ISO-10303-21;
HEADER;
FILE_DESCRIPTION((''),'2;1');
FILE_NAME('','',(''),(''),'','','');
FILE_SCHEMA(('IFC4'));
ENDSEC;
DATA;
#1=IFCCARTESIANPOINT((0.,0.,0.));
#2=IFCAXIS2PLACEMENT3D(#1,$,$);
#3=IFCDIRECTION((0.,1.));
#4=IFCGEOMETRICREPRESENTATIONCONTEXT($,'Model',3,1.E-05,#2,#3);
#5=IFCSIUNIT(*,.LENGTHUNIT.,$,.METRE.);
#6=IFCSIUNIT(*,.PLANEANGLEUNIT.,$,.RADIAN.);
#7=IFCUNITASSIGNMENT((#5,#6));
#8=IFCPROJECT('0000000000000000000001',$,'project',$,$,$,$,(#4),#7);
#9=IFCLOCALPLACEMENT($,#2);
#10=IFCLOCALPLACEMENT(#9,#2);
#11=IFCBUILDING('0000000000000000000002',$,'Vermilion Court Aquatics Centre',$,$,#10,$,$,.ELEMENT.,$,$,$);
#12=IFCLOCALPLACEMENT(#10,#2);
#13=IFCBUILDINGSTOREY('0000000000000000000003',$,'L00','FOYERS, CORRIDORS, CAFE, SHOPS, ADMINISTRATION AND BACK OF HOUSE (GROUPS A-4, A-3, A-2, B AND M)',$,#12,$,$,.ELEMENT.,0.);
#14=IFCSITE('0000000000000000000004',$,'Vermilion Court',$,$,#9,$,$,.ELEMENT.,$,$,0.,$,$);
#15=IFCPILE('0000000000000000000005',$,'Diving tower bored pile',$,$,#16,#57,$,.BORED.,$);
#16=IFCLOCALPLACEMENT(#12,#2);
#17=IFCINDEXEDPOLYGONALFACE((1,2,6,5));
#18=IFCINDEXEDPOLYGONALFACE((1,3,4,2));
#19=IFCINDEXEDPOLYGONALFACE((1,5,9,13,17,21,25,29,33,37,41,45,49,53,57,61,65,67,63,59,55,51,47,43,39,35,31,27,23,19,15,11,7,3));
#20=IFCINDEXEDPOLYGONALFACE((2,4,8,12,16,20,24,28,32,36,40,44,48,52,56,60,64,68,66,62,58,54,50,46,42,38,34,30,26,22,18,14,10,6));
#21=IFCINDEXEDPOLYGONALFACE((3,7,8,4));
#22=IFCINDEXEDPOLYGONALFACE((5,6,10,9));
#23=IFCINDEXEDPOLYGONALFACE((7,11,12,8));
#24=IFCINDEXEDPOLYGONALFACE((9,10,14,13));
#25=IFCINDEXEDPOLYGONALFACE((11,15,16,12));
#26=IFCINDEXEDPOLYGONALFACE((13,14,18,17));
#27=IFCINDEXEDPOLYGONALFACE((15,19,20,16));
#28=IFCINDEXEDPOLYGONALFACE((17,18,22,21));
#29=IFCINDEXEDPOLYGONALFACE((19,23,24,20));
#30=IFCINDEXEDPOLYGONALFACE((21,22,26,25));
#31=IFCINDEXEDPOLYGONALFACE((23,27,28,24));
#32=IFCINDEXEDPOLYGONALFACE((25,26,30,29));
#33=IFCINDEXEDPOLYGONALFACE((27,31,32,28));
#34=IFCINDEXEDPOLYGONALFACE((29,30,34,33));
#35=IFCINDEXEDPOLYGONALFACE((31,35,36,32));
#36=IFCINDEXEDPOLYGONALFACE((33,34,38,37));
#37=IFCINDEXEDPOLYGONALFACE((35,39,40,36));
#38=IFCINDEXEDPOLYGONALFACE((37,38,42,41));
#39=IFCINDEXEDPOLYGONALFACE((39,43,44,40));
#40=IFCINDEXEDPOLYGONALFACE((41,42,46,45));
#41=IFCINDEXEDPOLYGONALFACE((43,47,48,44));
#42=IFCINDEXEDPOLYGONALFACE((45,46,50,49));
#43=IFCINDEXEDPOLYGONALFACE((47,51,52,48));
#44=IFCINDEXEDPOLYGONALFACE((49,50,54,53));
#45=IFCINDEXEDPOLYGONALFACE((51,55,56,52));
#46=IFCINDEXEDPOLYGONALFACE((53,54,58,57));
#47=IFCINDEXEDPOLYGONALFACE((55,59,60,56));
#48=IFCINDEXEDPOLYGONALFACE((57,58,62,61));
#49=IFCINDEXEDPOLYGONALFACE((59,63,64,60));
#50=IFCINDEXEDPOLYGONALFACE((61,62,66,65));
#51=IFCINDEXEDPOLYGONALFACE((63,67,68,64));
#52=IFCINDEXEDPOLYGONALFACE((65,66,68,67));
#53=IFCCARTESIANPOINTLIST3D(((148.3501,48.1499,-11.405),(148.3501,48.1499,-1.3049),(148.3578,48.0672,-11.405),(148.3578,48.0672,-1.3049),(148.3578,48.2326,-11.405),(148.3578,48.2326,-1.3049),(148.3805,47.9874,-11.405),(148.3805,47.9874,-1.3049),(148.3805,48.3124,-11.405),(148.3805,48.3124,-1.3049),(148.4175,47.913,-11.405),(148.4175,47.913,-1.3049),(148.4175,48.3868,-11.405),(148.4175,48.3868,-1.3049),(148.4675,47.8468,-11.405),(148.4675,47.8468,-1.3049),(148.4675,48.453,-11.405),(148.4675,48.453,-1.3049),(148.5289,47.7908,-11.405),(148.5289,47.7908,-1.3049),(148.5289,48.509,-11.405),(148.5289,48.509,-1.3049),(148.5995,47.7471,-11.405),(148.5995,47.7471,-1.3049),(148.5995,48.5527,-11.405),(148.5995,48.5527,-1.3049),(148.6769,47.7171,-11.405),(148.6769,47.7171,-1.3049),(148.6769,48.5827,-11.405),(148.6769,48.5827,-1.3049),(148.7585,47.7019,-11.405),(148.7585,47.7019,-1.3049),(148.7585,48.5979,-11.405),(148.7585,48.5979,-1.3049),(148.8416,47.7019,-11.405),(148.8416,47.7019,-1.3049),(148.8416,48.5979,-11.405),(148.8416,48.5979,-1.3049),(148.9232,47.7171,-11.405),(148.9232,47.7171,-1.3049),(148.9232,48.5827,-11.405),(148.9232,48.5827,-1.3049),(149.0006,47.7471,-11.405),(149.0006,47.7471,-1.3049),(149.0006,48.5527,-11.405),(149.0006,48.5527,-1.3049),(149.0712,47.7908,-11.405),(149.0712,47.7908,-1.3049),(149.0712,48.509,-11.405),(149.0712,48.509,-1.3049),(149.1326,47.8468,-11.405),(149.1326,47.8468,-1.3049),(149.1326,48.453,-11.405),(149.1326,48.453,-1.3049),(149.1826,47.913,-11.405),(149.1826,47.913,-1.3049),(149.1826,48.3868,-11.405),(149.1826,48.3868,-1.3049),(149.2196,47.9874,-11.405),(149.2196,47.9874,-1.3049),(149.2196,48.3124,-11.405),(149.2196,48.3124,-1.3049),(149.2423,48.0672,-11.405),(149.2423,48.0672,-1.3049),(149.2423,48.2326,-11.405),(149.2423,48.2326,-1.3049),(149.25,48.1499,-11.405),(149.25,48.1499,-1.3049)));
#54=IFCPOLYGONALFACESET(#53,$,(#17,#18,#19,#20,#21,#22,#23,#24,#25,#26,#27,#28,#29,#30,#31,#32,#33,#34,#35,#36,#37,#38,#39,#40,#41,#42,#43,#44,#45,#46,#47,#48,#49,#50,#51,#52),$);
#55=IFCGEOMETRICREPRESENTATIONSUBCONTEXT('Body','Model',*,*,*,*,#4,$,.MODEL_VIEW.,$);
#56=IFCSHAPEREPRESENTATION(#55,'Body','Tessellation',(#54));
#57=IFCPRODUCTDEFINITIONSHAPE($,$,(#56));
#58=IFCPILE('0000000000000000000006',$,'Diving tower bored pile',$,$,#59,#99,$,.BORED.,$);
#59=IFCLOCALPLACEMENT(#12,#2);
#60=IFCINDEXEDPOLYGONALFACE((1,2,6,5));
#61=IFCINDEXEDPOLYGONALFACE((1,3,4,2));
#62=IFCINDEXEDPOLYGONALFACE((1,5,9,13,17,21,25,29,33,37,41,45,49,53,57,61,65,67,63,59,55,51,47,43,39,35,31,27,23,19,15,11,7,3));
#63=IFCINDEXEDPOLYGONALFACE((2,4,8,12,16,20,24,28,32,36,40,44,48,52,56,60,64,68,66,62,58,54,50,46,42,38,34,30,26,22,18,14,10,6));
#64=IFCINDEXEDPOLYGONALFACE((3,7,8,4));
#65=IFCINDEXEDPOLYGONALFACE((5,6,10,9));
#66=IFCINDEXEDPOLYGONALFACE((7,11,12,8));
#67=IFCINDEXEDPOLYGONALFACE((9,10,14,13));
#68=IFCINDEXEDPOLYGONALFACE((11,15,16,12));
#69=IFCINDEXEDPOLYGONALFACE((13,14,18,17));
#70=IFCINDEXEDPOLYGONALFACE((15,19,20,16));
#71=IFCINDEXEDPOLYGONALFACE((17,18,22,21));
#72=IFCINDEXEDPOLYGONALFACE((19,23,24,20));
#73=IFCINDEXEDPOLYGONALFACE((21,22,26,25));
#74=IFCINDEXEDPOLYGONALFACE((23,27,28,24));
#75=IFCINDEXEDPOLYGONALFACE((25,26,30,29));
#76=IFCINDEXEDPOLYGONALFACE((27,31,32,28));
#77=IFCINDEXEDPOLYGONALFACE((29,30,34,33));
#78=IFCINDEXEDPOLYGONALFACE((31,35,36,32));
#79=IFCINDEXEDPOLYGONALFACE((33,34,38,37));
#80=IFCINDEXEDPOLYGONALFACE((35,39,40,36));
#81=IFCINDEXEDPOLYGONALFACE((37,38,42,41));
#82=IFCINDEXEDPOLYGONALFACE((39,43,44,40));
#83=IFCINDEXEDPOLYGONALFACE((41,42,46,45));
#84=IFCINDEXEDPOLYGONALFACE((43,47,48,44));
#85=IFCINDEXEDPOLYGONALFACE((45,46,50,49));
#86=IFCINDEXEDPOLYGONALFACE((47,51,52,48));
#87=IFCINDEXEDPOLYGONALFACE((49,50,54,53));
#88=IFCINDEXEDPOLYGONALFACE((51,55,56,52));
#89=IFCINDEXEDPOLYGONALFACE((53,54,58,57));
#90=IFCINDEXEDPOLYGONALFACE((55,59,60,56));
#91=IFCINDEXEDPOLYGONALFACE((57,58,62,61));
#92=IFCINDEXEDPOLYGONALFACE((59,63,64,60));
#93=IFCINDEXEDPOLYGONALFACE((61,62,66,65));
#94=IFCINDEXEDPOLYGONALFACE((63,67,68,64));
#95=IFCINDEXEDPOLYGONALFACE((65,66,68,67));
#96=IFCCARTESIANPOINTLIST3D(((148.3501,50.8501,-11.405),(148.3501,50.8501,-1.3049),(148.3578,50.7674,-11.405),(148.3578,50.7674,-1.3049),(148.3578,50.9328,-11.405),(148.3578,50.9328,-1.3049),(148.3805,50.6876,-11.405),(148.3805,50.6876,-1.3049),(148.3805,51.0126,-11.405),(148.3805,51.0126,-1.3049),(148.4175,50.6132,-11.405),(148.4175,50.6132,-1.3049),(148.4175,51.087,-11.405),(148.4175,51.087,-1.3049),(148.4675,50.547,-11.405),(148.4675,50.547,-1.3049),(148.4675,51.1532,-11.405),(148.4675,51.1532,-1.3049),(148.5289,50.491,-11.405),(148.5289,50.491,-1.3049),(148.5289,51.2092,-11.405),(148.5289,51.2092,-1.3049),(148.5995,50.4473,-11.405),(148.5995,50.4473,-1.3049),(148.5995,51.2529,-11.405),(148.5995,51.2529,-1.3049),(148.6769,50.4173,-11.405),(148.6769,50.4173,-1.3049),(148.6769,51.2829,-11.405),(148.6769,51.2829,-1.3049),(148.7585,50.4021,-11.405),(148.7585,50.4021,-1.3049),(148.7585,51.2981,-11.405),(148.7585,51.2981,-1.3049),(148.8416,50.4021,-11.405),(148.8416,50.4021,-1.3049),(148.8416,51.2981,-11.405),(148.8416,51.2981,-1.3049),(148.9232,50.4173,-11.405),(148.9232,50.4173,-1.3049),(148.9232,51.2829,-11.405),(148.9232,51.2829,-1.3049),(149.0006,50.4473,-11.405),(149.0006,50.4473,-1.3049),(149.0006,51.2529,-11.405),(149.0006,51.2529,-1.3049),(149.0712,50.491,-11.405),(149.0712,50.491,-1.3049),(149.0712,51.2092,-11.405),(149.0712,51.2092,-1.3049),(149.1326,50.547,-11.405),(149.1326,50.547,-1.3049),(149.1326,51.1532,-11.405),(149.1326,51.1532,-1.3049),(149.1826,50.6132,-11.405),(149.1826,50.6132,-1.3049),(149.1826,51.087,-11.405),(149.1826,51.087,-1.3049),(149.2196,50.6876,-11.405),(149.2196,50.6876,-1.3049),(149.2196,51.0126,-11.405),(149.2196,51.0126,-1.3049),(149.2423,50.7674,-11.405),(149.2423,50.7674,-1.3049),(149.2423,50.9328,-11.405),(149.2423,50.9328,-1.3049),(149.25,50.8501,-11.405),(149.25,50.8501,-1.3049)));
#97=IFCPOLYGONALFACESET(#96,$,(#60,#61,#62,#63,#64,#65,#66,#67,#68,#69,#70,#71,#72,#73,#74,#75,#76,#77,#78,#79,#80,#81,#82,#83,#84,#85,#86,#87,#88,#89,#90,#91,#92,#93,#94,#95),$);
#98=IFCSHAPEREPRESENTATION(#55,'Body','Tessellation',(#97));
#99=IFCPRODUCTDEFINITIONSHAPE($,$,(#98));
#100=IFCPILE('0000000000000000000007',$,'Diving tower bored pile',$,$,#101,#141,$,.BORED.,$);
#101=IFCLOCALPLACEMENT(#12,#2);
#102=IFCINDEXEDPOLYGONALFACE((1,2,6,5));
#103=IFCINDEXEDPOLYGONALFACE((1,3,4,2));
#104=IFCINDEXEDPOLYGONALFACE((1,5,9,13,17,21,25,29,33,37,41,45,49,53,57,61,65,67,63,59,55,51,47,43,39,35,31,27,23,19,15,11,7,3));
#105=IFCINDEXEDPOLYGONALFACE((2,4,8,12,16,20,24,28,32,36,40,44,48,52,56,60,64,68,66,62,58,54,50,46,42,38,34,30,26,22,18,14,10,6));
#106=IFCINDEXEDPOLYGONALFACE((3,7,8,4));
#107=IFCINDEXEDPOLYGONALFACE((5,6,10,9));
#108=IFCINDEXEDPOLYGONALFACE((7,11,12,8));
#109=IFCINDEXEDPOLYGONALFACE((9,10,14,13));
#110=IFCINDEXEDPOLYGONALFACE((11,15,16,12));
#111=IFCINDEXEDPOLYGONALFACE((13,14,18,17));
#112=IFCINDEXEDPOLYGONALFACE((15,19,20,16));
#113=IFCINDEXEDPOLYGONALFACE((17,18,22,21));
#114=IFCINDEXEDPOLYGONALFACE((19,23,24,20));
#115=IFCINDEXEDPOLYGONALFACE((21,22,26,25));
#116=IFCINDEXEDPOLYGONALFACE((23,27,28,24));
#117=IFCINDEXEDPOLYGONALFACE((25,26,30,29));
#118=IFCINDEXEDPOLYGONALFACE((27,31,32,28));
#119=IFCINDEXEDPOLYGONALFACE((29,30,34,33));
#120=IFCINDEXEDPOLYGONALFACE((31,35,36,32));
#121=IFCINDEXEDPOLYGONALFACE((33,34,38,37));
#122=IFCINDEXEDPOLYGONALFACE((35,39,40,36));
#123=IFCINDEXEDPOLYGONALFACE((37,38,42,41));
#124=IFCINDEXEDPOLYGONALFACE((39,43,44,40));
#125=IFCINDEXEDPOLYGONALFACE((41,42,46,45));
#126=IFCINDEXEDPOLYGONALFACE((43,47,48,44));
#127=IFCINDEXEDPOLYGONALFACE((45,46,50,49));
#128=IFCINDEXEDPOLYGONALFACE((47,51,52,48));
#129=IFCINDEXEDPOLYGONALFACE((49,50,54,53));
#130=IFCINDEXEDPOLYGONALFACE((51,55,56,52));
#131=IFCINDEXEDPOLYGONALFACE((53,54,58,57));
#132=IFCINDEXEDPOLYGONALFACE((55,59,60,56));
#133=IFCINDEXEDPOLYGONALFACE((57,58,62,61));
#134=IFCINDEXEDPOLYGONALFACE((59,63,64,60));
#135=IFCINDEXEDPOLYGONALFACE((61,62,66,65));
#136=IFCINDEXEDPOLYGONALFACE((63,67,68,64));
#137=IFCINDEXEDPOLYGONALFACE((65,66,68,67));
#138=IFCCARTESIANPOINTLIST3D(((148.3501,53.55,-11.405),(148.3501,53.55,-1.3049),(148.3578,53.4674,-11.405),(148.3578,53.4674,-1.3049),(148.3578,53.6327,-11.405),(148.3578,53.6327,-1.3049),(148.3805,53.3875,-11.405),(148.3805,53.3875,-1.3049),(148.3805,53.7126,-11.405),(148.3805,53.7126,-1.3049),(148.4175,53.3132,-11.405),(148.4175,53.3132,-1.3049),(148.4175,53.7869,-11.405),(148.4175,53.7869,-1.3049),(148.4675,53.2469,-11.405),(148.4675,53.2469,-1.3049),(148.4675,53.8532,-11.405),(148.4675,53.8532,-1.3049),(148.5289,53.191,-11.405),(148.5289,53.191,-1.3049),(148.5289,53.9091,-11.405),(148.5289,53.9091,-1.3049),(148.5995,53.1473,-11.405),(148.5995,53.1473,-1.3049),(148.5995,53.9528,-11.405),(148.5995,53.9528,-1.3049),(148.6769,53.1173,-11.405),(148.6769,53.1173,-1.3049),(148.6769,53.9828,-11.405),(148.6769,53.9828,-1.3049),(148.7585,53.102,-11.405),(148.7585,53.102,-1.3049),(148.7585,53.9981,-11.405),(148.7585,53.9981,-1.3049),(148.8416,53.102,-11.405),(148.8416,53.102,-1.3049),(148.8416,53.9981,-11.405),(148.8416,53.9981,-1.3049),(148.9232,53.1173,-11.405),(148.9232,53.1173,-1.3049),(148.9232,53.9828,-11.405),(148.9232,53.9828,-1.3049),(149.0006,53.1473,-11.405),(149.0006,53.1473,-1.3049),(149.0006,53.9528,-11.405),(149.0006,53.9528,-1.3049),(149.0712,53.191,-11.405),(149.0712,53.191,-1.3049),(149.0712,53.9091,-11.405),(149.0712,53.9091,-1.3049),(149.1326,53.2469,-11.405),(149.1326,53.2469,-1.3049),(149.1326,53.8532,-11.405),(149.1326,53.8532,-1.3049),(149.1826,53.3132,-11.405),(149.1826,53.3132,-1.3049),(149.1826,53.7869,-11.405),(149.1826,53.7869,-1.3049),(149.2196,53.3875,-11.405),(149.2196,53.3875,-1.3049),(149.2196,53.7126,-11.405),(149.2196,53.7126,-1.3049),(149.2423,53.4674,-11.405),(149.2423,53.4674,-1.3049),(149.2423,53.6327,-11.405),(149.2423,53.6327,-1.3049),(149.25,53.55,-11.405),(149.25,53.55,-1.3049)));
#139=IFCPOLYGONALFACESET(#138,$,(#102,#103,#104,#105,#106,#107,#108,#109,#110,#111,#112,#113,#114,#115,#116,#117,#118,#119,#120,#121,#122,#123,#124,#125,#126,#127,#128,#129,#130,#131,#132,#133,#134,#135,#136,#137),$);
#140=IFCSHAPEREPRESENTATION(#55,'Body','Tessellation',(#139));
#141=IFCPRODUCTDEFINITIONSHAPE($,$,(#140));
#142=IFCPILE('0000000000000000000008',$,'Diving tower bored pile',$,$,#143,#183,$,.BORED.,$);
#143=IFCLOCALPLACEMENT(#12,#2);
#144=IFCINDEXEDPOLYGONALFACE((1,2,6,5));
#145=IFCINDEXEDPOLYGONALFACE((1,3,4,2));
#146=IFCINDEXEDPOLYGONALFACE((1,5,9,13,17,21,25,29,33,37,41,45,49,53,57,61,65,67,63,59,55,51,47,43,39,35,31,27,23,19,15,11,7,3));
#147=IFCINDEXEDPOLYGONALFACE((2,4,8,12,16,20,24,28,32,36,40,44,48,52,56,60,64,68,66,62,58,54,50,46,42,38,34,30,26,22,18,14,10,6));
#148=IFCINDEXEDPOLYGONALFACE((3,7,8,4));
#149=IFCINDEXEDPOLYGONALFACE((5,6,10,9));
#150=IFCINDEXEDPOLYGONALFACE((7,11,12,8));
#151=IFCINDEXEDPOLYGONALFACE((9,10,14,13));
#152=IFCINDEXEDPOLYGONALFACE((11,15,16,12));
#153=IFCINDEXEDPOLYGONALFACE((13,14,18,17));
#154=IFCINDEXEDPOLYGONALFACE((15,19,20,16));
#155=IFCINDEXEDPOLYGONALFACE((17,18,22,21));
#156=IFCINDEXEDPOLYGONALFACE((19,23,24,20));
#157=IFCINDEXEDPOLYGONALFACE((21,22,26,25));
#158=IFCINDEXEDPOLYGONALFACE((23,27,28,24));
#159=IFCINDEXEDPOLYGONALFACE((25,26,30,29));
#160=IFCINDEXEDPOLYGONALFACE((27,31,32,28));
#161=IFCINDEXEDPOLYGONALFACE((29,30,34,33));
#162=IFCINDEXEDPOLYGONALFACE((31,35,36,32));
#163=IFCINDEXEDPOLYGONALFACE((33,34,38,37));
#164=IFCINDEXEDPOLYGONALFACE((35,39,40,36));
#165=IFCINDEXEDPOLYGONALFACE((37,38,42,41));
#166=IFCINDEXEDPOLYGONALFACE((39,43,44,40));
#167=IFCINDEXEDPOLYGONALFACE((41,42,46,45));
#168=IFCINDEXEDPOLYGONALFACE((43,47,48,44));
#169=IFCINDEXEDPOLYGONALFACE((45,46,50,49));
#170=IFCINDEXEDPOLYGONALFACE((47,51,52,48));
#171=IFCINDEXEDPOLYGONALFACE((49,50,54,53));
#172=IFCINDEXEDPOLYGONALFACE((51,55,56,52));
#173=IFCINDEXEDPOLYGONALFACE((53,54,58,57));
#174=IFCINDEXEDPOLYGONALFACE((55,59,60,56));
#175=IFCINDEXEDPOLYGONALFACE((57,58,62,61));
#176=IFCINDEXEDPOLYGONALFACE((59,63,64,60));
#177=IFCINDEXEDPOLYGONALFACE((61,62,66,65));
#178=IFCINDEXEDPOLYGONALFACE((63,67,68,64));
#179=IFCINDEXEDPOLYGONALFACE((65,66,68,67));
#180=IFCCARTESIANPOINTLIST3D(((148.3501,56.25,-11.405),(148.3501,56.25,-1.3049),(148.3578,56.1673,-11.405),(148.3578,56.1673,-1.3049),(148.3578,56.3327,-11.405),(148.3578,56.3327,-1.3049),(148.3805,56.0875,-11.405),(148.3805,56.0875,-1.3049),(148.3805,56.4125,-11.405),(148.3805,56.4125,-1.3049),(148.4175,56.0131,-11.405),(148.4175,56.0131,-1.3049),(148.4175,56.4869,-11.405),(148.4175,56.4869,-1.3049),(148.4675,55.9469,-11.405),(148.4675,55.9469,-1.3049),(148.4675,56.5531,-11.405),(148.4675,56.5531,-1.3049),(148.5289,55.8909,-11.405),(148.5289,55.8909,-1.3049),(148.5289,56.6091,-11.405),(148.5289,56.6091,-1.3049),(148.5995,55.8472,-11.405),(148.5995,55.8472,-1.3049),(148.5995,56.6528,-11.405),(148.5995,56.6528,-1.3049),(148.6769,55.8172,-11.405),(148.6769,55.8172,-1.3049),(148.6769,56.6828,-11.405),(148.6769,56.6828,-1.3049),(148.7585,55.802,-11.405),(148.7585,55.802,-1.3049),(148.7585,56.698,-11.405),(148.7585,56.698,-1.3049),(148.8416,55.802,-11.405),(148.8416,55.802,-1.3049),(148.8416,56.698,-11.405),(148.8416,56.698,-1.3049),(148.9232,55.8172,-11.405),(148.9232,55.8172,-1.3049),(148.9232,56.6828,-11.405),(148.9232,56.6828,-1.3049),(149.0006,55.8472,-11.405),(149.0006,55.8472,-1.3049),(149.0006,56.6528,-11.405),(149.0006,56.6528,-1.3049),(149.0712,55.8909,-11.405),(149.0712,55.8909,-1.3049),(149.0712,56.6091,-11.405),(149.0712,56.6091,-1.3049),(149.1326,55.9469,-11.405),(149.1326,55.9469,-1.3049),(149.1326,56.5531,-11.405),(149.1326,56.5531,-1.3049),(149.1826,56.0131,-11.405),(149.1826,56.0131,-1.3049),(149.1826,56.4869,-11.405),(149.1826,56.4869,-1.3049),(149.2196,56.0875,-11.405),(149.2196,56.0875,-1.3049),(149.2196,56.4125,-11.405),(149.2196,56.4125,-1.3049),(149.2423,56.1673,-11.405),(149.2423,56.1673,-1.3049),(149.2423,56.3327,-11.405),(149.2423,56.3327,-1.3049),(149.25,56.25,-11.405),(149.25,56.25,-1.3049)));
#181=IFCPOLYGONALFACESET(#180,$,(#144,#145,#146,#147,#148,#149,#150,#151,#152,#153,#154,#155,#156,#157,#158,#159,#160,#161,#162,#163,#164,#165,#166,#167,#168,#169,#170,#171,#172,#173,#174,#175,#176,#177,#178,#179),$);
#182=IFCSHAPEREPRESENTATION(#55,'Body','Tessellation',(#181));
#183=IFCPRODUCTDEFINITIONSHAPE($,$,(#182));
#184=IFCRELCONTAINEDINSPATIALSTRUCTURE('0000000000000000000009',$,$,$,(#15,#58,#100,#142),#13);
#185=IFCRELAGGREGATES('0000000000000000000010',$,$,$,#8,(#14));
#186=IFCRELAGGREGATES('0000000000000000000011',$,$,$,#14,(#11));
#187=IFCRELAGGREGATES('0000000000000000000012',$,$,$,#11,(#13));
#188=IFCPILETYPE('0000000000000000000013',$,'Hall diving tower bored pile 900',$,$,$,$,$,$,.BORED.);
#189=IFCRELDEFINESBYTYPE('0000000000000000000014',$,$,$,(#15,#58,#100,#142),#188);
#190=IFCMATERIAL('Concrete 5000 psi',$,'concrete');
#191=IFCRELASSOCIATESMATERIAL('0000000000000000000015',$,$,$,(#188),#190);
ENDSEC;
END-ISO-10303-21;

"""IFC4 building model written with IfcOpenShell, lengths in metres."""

from ifc_helpers import new_model, si_unit, direction, frame, origin, origin_2d, place, context, subcontext, project, spatial, circle, extrude, material, material_profile, profile_set, type_object, element, save


model = new_model("IFC4")

# Units and contexts
model_context = context("Model", 3, precision=1e-05, world=origin(), true_north=direction((0.0, 1.0)))
body_context = subcontext(model_context, "Body", "Model", "MODEL_VIEW")
ifc_project = project(units=[si_unit("LENGTHUNIT", "METRE"), si_unit("PLANEANGLEUNIT", "RADIAN")], contexts=[model_context])

# Site, building, storey
site_placement = place(None, origin())
site = spatial("IfcSite", under=ifc_project, at=site_placement, Name="Vermilion Court", CompositionType="ELEMENT", RefElevation=0.0)
building_placement = place(site_placement, origin())
building = spatial("IfcBuilding", under=site, at=building_placement, Name="Vermilion Court Aquatics Centre", CompositionType="ELEMENT")
storey_placement = place(building_placement, origin())
storey = spatial("IfcBuildingStorey", under=building, at=storey_placement, Name="L00", Description="FOYERS, CORRIDORS, CAFE, SHOPS, ADMINISTRATION AND BACK OF HOUSE (GROUPS A-4, A-3, A-2, B AND M)", CompositionType="ELEMENT", Elevation=0.0)

# Piles
ifc_material_1 = material(Name="Concrete 5000 psi", Category="concrete")
ifc_material_profile_1 = material_profile(ifc_material_1, circle(Radius=0.45, at=origin_2d()), Name="D900")
ifc_profile_set_1 = profile_set([ifc_material_profile_1], Name="Concrete 5000 psi")
pile_type = type_object("IfcPileType", Name="Hall diving tower bored pile 900", PredefinedType="BORED", material=ifc_profile_set_1)
for number, where, z_axis, x_axis, name in (
    (1, (148.8, 48.1499, -1.3049), (0.0, 0.0, -1.0), (1.0, 0.0, 0.0), "Diving tower bored pile"),
    (2, (148.8, 50.8501, -1.3049), (0.0, 0.0, -1.0), (1.0, 0.0, 0.0), "Diving tower bored pile"),
    (3, (148.8, 53.55, -1.3049), (0.0, 0.0, -1.0), (1.0, 0.0, 0.0), "Diving tower bored pile"),
    (4, (148.8, 56.25, -1.3049), (0.0, 0.0, -1.0), (1.0, 0.0, 0.0), "Diving tower bored pile"),
):
    element("IfcPile", number, at=place(storey_placement, frame(where, z_axis=z_axis, x_axis=x_axis)), inside=storey, type_object=pile_type, Name=name, PredefinedType="BORED", context=body_context, shape_type="SweptSolid", body=[
        extrude(circle(Radius=0.45, at=origin_2d()), origin(), (0.0, 0.0, 1.0), 10.1001),
    ])

save(model, "model.ifc")
